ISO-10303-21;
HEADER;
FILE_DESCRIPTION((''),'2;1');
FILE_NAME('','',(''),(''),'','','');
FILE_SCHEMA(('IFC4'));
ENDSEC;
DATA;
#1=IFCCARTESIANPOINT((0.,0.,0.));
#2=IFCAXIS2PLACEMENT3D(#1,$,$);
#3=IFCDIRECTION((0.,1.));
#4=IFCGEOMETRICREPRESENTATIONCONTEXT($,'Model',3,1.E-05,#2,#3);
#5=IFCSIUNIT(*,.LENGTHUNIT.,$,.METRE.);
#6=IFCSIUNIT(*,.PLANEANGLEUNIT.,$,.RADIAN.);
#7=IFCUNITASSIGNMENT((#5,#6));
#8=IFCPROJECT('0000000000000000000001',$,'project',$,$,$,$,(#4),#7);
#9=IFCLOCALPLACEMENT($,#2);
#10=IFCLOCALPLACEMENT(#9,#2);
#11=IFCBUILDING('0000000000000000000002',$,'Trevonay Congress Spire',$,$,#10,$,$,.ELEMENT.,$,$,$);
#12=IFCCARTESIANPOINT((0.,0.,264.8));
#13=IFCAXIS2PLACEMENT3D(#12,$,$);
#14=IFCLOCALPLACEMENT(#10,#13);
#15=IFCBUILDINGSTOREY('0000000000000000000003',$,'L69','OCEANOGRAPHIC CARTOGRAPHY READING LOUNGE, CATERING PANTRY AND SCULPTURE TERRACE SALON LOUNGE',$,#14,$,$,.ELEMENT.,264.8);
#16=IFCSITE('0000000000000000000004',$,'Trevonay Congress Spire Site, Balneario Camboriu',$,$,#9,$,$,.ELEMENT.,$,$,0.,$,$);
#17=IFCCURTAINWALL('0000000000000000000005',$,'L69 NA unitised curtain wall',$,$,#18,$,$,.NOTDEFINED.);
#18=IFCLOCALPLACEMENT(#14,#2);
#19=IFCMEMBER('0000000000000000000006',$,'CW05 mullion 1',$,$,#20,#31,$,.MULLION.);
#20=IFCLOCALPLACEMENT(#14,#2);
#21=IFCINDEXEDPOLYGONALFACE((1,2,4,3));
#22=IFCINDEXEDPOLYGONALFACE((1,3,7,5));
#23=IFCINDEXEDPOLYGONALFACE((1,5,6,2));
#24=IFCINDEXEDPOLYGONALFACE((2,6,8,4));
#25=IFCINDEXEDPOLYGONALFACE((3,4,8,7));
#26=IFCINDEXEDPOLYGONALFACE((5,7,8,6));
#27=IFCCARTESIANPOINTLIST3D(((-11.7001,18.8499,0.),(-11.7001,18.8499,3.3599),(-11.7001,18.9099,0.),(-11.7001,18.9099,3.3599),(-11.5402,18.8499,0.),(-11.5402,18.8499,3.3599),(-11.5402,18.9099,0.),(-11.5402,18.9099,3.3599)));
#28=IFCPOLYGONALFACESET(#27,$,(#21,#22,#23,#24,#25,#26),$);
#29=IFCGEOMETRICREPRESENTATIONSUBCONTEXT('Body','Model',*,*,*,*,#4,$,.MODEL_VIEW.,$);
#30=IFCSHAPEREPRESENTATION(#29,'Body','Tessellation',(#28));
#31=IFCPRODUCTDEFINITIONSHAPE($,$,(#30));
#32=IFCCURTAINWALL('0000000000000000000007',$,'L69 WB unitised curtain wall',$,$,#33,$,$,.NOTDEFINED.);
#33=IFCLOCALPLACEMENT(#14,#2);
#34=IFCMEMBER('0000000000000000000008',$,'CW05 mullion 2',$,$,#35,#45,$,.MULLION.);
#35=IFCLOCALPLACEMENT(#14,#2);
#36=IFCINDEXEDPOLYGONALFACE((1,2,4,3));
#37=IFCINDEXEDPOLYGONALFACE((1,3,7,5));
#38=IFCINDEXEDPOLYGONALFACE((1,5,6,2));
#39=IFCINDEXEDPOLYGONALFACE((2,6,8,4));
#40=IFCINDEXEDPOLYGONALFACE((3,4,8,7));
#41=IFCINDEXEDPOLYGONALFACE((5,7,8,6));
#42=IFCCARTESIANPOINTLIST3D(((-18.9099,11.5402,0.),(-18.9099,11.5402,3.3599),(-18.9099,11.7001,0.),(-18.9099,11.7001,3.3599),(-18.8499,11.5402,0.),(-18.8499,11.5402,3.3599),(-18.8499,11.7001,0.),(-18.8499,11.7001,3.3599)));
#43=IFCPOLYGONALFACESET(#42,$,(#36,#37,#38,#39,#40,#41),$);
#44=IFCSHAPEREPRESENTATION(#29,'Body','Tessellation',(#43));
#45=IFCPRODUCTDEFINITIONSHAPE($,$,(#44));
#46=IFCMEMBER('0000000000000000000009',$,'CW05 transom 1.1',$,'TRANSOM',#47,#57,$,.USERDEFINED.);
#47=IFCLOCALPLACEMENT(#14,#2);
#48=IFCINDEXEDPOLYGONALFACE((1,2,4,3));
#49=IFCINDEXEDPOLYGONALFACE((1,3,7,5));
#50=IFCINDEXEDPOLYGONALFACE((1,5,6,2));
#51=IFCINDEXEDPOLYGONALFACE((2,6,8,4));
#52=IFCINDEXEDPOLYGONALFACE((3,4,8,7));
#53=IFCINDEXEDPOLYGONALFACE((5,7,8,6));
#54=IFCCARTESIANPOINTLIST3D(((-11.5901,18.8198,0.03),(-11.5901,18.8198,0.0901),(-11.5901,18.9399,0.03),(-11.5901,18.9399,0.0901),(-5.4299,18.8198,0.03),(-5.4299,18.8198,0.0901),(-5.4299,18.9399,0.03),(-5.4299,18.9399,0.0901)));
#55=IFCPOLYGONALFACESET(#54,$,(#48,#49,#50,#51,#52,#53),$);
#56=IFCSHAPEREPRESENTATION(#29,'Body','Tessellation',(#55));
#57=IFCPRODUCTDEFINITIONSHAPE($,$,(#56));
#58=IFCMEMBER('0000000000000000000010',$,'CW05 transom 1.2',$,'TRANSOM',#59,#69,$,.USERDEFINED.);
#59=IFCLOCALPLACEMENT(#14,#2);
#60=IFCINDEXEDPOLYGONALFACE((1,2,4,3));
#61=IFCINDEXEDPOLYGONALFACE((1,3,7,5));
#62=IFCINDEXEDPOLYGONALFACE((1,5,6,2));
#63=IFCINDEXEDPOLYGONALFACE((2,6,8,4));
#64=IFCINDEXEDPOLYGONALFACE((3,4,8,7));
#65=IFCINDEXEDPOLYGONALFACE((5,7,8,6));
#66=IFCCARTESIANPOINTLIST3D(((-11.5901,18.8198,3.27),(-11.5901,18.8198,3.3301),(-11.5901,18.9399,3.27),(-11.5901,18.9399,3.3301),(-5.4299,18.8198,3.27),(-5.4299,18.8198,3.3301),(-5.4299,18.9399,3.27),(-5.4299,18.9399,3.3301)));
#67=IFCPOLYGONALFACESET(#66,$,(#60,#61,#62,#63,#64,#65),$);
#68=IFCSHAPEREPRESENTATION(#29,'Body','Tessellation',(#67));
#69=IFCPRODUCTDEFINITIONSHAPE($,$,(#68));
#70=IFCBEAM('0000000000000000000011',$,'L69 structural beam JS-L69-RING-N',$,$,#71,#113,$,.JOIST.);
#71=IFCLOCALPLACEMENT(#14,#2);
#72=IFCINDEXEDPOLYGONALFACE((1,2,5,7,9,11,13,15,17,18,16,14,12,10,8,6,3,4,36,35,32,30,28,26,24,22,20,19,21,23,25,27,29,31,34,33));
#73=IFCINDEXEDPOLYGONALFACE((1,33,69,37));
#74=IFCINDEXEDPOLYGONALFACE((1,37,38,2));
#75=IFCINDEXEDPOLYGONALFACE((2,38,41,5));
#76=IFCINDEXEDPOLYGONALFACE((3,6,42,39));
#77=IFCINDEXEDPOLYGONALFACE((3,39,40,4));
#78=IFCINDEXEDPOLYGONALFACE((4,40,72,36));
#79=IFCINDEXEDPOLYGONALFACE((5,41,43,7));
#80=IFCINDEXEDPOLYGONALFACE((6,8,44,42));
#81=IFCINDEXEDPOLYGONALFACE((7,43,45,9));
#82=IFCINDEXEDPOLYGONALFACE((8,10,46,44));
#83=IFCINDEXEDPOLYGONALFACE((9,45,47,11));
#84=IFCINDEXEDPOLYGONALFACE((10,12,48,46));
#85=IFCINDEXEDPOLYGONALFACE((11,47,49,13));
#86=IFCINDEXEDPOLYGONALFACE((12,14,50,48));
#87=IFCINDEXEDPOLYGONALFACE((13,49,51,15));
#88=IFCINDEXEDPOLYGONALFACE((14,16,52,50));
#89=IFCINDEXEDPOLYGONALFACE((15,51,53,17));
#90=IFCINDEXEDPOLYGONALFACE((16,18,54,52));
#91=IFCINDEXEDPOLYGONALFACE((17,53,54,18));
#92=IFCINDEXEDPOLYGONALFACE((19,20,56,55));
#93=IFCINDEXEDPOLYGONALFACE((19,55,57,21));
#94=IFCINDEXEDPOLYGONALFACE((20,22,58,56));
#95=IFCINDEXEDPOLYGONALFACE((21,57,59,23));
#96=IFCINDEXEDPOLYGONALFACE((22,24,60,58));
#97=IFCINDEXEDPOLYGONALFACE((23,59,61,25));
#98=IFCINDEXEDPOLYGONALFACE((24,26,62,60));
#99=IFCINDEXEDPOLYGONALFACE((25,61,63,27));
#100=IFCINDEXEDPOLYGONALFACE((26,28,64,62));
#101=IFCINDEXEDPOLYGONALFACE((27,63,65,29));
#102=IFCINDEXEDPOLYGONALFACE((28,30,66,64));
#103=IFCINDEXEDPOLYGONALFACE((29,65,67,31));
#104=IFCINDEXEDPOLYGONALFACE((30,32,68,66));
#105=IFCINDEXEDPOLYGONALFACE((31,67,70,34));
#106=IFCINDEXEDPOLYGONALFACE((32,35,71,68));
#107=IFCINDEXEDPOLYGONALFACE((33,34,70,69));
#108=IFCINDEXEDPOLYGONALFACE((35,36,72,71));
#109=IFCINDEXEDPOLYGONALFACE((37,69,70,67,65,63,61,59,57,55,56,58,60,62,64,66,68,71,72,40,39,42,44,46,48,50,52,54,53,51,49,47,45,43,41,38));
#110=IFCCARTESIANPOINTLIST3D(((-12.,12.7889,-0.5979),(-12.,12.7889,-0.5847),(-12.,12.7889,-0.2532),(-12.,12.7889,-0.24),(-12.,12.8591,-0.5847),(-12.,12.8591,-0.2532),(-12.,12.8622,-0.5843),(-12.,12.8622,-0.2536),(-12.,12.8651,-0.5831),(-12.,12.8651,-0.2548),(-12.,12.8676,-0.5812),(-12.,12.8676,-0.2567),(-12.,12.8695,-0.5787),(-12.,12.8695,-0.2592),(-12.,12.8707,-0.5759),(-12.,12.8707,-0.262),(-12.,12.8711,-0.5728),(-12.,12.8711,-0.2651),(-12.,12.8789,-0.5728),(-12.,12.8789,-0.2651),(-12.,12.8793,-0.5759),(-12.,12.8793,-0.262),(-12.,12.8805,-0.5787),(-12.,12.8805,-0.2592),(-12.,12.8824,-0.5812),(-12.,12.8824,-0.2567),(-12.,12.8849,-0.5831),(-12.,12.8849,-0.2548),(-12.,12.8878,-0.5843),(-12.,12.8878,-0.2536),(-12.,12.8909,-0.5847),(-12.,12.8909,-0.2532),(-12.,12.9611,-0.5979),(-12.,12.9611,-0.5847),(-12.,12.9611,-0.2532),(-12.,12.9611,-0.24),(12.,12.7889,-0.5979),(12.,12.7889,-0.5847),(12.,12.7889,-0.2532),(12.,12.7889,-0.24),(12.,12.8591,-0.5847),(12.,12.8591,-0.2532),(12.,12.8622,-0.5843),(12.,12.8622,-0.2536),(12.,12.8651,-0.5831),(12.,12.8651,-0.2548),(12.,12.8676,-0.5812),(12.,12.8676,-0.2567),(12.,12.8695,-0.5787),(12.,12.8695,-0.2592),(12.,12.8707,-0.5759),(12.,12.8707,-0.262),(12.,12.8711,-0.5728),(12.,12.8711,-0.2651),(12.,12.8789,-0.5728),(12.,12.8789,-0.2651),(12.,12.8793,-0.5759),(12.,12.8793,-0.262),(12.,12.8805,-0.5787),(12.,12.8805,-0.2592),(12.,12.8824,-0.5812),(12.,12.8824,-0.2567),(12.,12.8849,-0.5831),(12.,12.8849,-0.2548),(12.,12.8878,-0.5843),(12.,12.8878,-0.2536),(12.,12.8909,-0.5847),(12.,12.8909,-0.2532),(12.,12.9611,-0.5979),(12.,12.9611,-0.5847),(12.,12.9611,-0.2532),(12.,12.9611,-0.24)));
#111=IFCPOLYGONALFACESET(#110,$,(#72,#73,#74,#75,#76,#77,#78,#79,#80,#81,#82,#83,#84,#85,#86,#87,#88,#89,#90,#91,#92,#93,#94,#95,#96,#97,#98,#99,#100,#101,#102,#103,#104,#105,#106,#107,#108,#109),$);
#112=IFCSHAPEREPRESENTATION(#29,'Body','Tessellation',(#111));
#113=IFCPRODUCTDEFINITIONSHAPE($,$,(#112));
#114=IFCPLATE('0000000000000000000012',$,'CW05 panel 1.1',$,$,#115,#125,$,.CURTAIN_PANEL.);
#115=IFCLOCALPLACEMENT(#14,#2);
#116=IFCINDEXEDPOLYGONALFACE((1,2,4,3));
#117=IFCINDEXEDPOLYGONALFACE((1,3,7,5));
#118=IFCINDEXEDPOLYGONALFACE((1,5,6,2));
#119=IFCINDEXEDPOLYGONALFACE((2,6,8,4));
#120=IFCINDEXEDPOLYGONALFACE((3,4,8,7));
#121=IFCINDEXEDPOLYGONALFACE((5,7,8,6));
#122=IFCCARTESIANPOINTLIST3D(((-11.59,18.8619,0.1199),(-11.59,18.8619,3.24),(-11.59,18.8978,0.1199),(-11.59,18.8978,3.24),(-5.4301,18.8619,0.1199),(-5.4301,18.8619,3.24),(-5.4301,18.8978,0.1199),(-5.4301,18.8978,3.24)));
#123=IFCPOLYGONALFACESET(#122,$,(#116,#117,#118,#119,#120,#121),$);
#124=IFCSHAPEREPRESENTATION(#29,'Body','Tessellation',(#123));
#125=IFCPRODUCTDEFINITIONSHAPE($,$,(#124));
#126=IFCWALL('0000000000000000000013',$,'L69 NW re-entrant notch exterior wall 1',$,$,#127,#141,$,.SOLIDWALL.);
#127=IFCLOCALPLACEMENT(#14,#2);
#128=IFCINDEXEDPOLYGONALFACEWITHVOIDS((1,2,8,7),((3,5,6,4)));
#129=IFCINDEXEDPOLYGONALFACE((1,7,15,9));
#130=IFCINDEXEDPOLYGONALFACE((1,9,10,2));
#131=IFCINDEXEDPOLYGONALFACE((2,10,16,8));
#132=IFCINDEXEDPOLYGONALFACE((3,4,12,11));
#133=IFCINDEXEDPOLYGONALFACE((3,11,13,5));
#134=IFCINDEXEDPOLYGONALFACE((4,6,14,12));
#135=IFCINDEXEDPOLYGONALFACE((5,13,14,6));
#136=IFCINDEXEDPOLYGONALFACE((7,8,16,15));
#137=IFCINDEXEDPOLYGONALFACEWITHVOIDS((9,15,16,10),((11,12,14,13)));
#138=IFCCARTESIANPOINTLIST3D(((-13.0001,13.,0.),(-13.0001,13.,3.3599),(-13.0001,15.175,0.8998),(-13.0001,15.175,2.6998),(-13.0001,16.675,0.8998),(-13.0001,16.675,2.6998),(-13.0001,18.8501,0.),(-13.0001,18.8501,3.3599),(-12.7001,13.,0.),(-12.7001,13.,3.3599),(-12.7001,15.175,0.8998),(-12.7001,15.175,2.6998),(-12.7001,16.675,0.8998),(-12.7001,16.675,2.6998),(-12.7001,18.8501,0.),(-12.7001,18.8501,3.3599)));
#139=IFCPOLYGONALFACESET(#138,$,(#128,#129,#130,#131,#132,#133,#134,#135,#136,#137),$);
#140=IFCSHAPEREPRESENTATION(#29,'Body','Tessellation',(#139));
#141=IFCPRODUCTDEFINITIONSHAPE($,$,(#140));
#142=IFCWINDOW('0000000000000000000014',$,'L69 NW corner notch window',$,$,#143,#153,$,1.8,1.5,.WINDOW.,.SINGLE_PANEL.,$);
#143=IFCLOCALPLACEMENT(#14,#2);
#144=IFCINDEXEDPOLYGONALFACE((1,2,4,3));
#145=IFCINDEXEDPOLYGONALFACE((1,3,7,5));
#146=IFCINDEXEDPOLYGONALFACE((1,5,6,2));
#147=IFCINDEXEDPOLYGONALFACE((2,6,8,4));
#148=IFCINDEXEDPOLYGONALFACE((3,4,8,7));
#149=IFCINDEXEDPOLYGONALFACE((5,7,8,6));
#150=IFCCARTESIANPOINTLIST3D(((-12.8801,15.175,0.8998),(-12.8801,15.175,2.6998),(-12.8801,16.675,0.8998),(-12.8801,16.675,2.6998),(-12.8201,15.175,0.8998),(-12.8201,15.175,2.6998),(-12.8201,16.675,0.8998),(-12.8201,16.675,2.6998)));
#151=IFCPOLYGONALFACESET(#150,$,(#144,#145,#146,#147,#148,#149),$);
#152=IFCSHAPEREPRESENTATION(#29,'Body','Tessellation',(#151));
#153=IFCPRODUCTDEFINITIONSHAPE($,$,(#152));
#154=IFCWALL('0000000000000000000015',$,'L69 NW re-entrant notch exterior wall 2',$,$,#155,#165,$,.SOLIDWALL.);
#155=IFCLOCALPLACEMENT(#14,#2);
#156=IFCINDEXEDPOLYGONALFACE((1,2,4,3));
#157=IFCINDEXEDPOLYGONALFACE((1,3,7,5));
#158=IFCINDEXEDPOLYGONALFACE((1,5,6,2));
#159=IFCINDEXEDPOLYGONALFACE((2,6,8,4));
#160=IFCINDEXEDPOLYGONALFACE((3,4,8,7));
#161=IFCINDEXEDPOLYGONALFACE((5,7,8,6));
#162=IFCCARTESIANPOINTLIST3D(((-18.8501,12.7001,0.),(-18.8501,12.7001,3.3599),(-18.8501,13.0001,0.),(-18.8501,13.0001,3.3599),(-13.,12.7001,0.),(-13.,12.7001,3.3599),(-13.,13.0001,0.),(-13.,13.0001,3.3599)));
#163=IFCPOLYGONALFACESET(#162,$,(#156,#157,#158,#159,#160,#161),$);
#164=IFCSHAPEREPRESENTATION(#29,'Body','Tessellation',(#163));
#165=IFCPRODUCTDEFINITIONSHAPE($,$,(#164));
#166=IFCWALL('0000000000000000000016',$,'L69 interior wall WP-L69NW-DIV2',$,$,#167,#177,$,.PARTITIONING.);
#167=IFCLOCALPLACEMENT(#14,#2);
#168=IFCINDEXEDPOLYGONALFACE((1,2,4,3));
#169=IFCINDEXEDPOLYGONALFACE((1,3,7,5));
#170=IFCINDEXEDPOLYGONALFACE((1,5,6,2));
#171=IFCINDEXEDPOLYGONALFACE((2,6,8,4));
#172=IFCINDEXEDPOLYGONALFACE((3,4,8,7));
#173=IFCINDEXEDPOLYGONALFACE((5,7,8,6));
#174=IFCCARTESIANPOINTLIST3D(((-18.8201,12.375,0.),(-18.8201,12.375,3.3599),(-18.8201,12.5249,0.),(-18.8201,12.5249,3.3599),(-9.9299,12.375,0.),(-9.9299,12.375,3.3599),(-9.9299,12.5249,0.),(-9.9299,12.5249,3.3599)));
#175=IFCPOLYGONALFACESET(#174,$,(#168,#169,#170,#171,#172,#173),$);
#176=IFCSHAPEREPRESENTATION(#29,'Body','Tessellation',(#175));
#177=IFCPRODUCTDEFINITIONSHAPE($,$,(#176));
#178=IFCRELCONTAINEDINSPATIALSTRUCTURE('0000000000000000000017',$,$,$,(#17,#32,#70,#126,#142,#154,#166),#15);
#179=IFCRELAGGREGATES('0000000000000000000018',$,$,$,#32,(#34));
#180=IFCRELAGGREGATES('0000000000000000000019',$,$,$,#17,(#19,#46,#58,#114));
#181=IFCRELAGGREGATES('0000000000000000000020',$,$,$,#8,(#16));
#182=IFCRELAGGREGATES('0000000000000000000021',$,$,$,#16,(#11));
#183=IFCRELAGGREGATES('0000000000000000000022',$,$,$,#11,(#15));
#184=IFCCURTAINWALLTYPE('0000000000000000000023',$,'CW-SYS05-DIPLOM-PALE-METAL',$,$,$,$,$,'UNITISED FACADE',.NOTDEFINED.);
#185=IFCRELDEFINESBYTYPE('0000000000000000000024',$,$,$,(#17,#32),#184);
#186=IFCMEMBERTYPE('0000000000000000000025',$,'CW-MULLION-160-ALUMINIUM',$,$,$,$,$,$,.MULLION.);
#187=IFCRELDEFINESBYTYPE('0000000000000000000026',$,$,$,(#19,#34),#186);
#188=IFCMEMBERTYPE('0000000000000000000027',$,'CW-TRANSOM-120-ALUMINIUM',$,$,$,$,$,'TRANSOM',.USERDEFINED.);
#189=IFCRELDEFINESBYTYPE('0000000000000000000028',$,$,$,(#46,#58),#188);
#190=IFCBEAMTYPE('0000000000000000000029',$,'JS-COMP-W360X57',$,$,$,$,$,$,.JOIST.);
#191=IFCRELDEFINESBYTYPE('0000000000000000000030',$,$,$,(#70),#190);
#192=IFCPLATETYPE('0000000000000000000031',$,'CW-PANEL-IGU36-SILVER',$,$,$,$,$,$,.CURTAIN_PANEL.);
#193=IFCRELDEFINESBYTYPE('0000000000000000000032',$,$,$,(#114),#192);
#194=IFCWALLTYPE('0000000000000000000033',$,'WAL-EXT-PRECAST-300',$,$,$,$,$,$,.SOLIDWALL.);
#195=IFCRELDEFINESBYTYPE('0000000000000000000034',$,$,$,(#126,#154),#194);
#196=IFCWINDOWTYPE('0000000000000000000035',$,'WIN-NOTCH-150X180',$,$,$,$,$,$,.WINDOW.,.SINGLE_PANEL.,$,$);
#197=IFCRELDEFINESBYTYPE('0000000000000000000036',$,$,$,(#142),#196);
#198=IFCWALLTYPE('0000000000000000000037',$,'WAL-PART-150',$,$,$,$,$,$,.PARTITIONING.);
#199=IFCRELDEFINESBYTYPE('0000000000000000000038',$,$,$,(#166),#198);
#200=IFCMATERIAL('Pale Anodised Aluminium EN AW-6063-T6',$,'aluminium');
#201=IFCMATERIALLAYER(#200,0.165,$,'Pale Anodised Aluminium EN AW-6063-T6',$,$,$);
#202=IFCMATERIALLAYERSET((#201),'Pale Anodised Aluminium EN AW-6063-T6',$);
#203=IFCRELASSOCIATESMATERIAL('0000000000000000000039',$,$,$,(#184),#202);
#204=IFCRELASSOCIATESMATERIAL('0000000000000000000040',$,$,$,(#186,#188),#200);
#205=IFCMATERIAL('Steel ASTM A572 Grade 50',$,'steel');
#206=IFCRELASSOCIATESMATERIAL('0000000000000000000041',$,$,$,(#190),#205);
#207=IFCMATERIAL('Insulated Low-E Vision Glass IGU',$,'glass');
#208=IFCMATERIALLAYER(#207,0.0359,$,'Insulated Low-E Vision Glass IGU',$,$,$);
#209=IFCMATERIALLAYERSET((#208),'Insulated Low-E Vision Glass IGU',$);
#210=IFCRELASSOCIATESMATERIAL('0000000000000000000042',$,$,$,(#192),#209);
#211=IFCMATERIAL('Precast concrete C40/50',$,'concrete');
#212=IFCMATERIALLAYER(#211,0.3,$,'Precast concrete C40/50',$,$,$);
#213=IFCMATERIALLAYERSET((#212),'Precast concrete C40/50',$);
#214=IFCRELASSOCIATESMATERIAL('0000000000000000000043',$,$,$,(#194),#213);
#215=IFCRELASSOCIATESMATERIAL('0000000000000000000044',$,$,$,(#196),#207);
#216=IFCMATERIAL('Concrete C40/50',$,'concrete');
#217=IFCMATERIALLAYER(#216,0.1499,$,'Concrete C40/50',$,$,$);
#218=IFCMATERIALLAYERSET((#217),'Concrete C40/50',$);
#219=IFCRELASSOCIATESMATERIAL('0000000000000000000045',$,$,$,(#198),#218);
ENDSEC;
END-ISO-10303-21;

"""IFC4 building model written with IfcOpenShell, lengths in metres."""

from ifc_helpers import new_model, si_unit, direction, frame, frame_2d, origin, origin_2d, place, context, subcontext, project, spatial, rectangle, i_section, extrude, material, layer, layer_set, material_profile, profile_set, type_object, element, fill, aggregate, save


model = new_model("IFC4")

# Units and contexts
model_context = context("Model", 3, precision=1e-05, world=origin(), true_north=direction((0.0, 1.0)))
body_context = subcontext(model_context, "Body", "Model", "MODEL_VIEW")
ifc_project = project(units=[si_unit("LENGTHUNIT", "METRE"), si_unit("PLANEANGLEUNIT", "RADIAN")], contexts=[model_context])

# Site, building, storey
site_placement = place(None, origin())
site = spatial("IfcSite", under=ifc_project, at=site_placement, Name="Trevonay Congress Spire Site, Balneario Camboriu", CompositionType="ELEMENT", RefElevation=0.0)
building_placement = place(site_placement, origin())
building = spatial("IfcBuilding", under=site, at=building_placement, Name="Trevonay Congress Spire", CompositionType="ELEMENT")
storey_placement = place(building_placement, frame((0.0, 0.0, 264.8)))
storey = spatial("IfcBuildingStorey", under=building, at=storey_placement, Name="L69", Description="OCEANOGRAPHIC CARTOGRAPHY READING LOUNGE, CATERING PANTRY AND SCULPTURE TERRACE SALON LOUNGE", CompositionType="ELEMENT", Elevation=264.8)

# Shared definitions
ifc_material_1 = material(Name="Steel ASTM A572 Grade 50", Category="steel")

# Curtain walls, members
ifc_material_2 = material(Name="Pale Anodised Aluminium EN AW-6063-T6", Category="aluminium")
ifc_layer_1 = layer(ifc_material_2, 0.165, Name="Pale Anodised Aluminium EN AW-6063-T6")
ifc_layer_set_1 = layer_set([ifc_layer_1], Name="Pale Anodised Aluminium EN AW-6063-T6")
curtain_wall_type = type_object("IfcCurtainWallType", Name="CW-SYS05-DIPLOM-PALE-METAL", ElementType="UNITISED FACADE", PredefinedType="NOTDEFINED", material=ifc_layer_set_1)
curtain_wall_1_placement = place(storey_placement, origin())
curtain_wall_1 = element("IfcCurtainWall", 1, at=curtain_wall_1_placement, inside=storey, type_object=curtain_wall_type, Name="L69 NA unitised curtain wall", PredefinedType="NOTDEFINED")
ifc_material_profile_1 = material_profile(ifc_material_2, rectangle(XDim=0.0601, YDim=0.1599, at=origin_2d()), Name="CW-MULLION-160-ALUMINIUM")
ifc_profile_set_1 = profile_set([ifc_material_profile_1], Name="Pale Anodised Aluminium EN AW-6063-T6")
member_type_1 = type_object("IfcMemberType", Name="CW-MULLION-160-ALUMINIUM", PredefinedType="MULLION", material=ifc_profile_set_1)
member_1_placement = place(storey_placement, frame((-11.6201, 18.8799, 0.0), z_axis=(0.0, 0.0, 1.0), x_axis=(0.0, 1.0, 0.0)))
member_1 = element("IfcMember", 2, at=member_1_placement, type_object=member_type_1, Name="CW05 mullion 1", PredefinedType="MULLION", context=body_context, shape_type="SweptSolid", body=[
    extrude(rectangle(XDim=0.0601, YDim=0.1599, at=origin_2d()), origin(), (0.0, 0.0, 1.0), 3.3599),
])
curtain_wall_2_placement = place(storey_placement, origin())
curtain_wall_2 = element("IfcCurtainWall", 3, at=curtain_wall_2_placement, inside=storey, type_object=curtain_wall_type, Name="L69 WB unitised curtain wall", PredefinedType="NOTDEFINED")
member_2_placement = place(storey_placement, frame((-18.8799, 11.6201, 0.0), z_axis=(0.0, 0.0, 1.0), x_axis=(-1.0, 0.0, 0.0)))
member_2 = element("IfcMember", 4, at=member_2_placement, type_object=member_type_1, Name="CW05 mullion 2", PredefinedType="MULLION", context=body_context, shape_type="SweptSolid", body=[
    extrude(rectangle(XDim=0.0601, YDim=0.1599, at=origin_2d()), origin(), (0.0, 0.0, 1.0), 3.3599),
])
aggregate(curtain_wall_2, [member_2])

# Members
ifc_material_profile_2 = material_profile(ifc_material_2, rectangle(XDim=0.1201, YDim=0.0601, at=origin_2d()), Name="CW-TRANSOM-120-ALUMINIUM")
ifc_profile_set_2 = profile_set([ifc_material_profile_2], Name="Pale Anodised Aluminium EN AW-6063-T6")
member_type_2 = type_object("IfcMemberType", Name="CW-TRANSOM-120-ALUMINIUM", ElementType="TRANSOM", PredefinedType="USERDEFINED", material=ifc_profile_set_2)
member_3_placement = place(storey_placement, frame((-11.5901, 18.8799, 0.0601), z_axis=(1.0, 0.0, 0.0), x_axis=(0.0, 1.0, 0.0)))
member_3 = element("IfcMember", 5, at=member_3_placement, type_object=member_type_2, Name="CW05 transom 1.1", ObjectType="TRANSOM", PredefinedType="USERDEFINED", context=body_context, shape_type="SweptSolid", body=[
    extrude(rectangle(XDim=0.1201, YDim=0.0601, at=origin_2d()), origin(), (0.0, 0.0, 1.0), 6.1602),
])
member_4_placement = place(storey_placement, frame((-11.5901, 18.8799, 3.3), z_axis=(1.0, 0.0, 0.0), x_axis=(0.0, 1.0, 0.0)))
member_4 = element("IfcMember", 6, at=member_4_placement, type_object=member_type_2, Name="CW05 transom 1.2", ObjectType="TRANSOM", PredefinedType="USERDEFINED", context=body_context, shape_type="SweptSolid", body=[
    extrude(rectangle(XDim=0.1201, YDim=0.0601, at=origin_2d()), origin(), (0.0, 0.0, 1.0), 6.1602),
])

# Beam
ifc_material_profile_3 = material_profile(ifc_material_1, i_section(OverallWidth=0.1721, OverallDepth=0.3579, WebThickness=0.0078, FlangeThickness=0.0132, FilletRadius=0.012, at=origin_2d()), Name="W360x57.8")
ifc_profile_set_3 = profile_set([ifc_material_profile_3], Name="Steel ASTM A572 Grade 50")
beam_type_1 = type_object("IfcBeamType", Name="JS-COMP-W360X57", PredefinedType="JOIST", material=ifc_profile_set_3)
beam_1_placement = place(storey_placement, frame((-12.0, 12.875, -0.4189), z_axis=(1.0, 0.0, 0.0), x_axis=(0.0, 1.0, 0.0)))
element("IfcBeam", 7, at=beam_1_placement, inside=storey, type_object=beam_type_1, Name="L69 structural beam JS-L69-RING-N", PredefinedType="JOIST", context=body_context, shape_type="SweptSolid", body=[
    extrude(i_section(OverallWidth=0.1721, OverallDepth=0.3579, WebThickness=0.0078, FlangeThickness=0.0132, FilletRadius=0.012, at=origin_2d()), origin(), (0.0, 0.0, 1.0), 24.0),
])

# Plate
ifc_material_3 = material(Name="Insulated Low-E Vision Glass IGU", Category="glass")
ifc_layer_2 = layer(ifc_material_3, 0.0359, Name="Insulated Low-E Vision Glass IGU")
ifc_layer_set_2 = layer_set([ifc_layer_2], Name="Insulated Low-E Vision Glass IGU")
plate_type = type_object("IfcPlateType", Name="CW-PANEL-IGU36-SILVER", PredefinedType="CURTAIN_PANEL", material=ifc_layer_set_2)
plate_placement = place(storey_placement, frame((-8.51, 18.8799, 0.1199), z_axis=(0.0, 0.0, 1.0), x_axis=(1.0, 0.0, 0.0)))
plate = element("IfcPlate", 8, at=plate_placement, type_object=plate_type, Name="CW05 panel 1.1", PredefinedType="CURTAIN_PANEL", context=body_context, shape_type="SweptSolid", body=[
    extrude(rectangle(XDim=6.1599, YDim=0.0359, at=origin_2d()), origin(), (0.0, 0.0, 1.0), 3.1201),
])
aggregate(curtain_wall_1, [member_1, member_3, member_4, plate])

# Wall, opening, window
ifc_material_4 = material(Name="Precast concrete C40/50", Category="concrete")
ifc_layer_3 = layer(ifc_material_4, 0.3, Name="Precast concrete C40/50")
ifc_layer_set_3 = layer_set([ifc_layer_3], Name="Precast concrete C40/50")
wall_type_1 = type_object("IfcWallType", Name="WAL-EXT-PRECAST-300", PredefinedType="SOLIDWALL", material=ifc_layer_set_3)
wall_1_placement = place(storey_placement, frame((-12.8501, 18.8501, 0.0), z_axis=(0.0, 0.0, 1.0), x_axis=(0.0, -1.0, 0.0)))
wall_1 = element("IfcWall", 9, at=wall_1_placement, inside=storey, type_object=wall_type_1, Name="L69 NW re-entrant notch exterior wall 1", PredefinedType="SOLIDWALL", context=body_context, shape_type="SweptSolid", body=[
    extrude(rectangle(XDim=5.8501, YDim=0.3, at=frame_2d((2.925, 0.0))), origin(), (0.0, 0.0, 1.0), 3.3599),
])
opening_placement = place(wall_1_placement, frame((2.175, 0.0, 0.8999)))
opening = element("IfcOpeningElement", 10, at=opening_placement, cuts=wall_1, PredefinedType="OPENING", context=body_context, shape_type="SweptSolid", body=[
    extrude(rectangle(XDim=1.5, YDim=1.8, at=frame_2d((0.75, 0.8999))), frame((0.0, 0.1602, 0.0), z_axis=(0.0, -1.0, 0.0), x_axis=(1.0, 0.0, 0.0)), (0.0, 0.0, 1.0), 0.3201),
])
window_type = type_object("IfcWindowType", Name="WIN-NOTCH-150X180", PartitioningType="SINGLE_PANEL", PredefinedType="WINDOW", material=ifc_material_3)
window_placement = place(opening_placement, origin())
window = element("IfcWindow", 11, at=window_placement, inside=storey, type_object=window_type, Name="L69 NW corner notch window", OverallHeight=1.8, OverallWidth=1.5, PartitioningType="SINGLE_PANEL", PredefinedType="WINDOW", context=body_context, shape_type="SweptSolid", body=[
    extrude(rectangle(XDim=1.5, YDim=1.8, at=frame_2d((0.75, 0.8999))), frame((0.0, 0.03, 0.0), z_axis=(0.0, -1.0, 0.0), x_axis=(1.0, 0.0, 0.0)), (0.0, 0.0, 1.0), 0.0601),
])
fill(opening, window)

# Walls
wall_2_placement = place(storey_placement, frame((-18.8501, 12.8501, 0.0), z_axis=(0.0, 0.0, 1.0), x_axis=(1.0, 0.0, 0.0)))
element("IfcWall", 12, at=wall_2_placement, inside=storey, type_object=wall_type_1, Name="L69 NW re-entrant notch exterior wall 2", PredefinedType="SOLIDWALL", context=body_context, shape_type="SweptSolid", body=[
    extrude(rectangle(XDim=5.8501, YDim=0.3, at=frame_2d((2.925, 0.0))), origin(), (0.0, 0.0, 1.0), 3.3599),
])
ifc_material_5 = material(Name="Concrete C40/50", Category="concrete")
ifc_layer_4 = layer(ifc_material_5, 0.1499, Name="Concrete C40/50")
ifc_layer_set_4 = layer_set([ifc_layer_4], Name="Concrete C40/50")
wall_type_2 = type_object("IfcWallType", Name="WAL-PART-150", PredefinedType="PARTITIONING", material=ifc_layer_set_4)
wall_3_placement = place(storey_placement, frame((-18.8201, 12.45, 0.0), z_axis=(0.0, 0.0, 1.0), x_axis=(1.0, 0.0, 0.0)))
element("IfcWall", 13, at=wall_3_placement, inside=storey, type_object=wall_type_2, Name="L69 interior wall WP-L69NW-DIV2", PredefinedType="PARTITIONING", context=body_context, shape_type="SweptSolid", body=[
    extrude(rectangle(XDim=8.8901, YDim=0.1499, at=frame_2d((4.4451, 0.0))), origin(), (0.0, 0.0, 1.0), 3.3599),
])

save(model, "model.ifc")
